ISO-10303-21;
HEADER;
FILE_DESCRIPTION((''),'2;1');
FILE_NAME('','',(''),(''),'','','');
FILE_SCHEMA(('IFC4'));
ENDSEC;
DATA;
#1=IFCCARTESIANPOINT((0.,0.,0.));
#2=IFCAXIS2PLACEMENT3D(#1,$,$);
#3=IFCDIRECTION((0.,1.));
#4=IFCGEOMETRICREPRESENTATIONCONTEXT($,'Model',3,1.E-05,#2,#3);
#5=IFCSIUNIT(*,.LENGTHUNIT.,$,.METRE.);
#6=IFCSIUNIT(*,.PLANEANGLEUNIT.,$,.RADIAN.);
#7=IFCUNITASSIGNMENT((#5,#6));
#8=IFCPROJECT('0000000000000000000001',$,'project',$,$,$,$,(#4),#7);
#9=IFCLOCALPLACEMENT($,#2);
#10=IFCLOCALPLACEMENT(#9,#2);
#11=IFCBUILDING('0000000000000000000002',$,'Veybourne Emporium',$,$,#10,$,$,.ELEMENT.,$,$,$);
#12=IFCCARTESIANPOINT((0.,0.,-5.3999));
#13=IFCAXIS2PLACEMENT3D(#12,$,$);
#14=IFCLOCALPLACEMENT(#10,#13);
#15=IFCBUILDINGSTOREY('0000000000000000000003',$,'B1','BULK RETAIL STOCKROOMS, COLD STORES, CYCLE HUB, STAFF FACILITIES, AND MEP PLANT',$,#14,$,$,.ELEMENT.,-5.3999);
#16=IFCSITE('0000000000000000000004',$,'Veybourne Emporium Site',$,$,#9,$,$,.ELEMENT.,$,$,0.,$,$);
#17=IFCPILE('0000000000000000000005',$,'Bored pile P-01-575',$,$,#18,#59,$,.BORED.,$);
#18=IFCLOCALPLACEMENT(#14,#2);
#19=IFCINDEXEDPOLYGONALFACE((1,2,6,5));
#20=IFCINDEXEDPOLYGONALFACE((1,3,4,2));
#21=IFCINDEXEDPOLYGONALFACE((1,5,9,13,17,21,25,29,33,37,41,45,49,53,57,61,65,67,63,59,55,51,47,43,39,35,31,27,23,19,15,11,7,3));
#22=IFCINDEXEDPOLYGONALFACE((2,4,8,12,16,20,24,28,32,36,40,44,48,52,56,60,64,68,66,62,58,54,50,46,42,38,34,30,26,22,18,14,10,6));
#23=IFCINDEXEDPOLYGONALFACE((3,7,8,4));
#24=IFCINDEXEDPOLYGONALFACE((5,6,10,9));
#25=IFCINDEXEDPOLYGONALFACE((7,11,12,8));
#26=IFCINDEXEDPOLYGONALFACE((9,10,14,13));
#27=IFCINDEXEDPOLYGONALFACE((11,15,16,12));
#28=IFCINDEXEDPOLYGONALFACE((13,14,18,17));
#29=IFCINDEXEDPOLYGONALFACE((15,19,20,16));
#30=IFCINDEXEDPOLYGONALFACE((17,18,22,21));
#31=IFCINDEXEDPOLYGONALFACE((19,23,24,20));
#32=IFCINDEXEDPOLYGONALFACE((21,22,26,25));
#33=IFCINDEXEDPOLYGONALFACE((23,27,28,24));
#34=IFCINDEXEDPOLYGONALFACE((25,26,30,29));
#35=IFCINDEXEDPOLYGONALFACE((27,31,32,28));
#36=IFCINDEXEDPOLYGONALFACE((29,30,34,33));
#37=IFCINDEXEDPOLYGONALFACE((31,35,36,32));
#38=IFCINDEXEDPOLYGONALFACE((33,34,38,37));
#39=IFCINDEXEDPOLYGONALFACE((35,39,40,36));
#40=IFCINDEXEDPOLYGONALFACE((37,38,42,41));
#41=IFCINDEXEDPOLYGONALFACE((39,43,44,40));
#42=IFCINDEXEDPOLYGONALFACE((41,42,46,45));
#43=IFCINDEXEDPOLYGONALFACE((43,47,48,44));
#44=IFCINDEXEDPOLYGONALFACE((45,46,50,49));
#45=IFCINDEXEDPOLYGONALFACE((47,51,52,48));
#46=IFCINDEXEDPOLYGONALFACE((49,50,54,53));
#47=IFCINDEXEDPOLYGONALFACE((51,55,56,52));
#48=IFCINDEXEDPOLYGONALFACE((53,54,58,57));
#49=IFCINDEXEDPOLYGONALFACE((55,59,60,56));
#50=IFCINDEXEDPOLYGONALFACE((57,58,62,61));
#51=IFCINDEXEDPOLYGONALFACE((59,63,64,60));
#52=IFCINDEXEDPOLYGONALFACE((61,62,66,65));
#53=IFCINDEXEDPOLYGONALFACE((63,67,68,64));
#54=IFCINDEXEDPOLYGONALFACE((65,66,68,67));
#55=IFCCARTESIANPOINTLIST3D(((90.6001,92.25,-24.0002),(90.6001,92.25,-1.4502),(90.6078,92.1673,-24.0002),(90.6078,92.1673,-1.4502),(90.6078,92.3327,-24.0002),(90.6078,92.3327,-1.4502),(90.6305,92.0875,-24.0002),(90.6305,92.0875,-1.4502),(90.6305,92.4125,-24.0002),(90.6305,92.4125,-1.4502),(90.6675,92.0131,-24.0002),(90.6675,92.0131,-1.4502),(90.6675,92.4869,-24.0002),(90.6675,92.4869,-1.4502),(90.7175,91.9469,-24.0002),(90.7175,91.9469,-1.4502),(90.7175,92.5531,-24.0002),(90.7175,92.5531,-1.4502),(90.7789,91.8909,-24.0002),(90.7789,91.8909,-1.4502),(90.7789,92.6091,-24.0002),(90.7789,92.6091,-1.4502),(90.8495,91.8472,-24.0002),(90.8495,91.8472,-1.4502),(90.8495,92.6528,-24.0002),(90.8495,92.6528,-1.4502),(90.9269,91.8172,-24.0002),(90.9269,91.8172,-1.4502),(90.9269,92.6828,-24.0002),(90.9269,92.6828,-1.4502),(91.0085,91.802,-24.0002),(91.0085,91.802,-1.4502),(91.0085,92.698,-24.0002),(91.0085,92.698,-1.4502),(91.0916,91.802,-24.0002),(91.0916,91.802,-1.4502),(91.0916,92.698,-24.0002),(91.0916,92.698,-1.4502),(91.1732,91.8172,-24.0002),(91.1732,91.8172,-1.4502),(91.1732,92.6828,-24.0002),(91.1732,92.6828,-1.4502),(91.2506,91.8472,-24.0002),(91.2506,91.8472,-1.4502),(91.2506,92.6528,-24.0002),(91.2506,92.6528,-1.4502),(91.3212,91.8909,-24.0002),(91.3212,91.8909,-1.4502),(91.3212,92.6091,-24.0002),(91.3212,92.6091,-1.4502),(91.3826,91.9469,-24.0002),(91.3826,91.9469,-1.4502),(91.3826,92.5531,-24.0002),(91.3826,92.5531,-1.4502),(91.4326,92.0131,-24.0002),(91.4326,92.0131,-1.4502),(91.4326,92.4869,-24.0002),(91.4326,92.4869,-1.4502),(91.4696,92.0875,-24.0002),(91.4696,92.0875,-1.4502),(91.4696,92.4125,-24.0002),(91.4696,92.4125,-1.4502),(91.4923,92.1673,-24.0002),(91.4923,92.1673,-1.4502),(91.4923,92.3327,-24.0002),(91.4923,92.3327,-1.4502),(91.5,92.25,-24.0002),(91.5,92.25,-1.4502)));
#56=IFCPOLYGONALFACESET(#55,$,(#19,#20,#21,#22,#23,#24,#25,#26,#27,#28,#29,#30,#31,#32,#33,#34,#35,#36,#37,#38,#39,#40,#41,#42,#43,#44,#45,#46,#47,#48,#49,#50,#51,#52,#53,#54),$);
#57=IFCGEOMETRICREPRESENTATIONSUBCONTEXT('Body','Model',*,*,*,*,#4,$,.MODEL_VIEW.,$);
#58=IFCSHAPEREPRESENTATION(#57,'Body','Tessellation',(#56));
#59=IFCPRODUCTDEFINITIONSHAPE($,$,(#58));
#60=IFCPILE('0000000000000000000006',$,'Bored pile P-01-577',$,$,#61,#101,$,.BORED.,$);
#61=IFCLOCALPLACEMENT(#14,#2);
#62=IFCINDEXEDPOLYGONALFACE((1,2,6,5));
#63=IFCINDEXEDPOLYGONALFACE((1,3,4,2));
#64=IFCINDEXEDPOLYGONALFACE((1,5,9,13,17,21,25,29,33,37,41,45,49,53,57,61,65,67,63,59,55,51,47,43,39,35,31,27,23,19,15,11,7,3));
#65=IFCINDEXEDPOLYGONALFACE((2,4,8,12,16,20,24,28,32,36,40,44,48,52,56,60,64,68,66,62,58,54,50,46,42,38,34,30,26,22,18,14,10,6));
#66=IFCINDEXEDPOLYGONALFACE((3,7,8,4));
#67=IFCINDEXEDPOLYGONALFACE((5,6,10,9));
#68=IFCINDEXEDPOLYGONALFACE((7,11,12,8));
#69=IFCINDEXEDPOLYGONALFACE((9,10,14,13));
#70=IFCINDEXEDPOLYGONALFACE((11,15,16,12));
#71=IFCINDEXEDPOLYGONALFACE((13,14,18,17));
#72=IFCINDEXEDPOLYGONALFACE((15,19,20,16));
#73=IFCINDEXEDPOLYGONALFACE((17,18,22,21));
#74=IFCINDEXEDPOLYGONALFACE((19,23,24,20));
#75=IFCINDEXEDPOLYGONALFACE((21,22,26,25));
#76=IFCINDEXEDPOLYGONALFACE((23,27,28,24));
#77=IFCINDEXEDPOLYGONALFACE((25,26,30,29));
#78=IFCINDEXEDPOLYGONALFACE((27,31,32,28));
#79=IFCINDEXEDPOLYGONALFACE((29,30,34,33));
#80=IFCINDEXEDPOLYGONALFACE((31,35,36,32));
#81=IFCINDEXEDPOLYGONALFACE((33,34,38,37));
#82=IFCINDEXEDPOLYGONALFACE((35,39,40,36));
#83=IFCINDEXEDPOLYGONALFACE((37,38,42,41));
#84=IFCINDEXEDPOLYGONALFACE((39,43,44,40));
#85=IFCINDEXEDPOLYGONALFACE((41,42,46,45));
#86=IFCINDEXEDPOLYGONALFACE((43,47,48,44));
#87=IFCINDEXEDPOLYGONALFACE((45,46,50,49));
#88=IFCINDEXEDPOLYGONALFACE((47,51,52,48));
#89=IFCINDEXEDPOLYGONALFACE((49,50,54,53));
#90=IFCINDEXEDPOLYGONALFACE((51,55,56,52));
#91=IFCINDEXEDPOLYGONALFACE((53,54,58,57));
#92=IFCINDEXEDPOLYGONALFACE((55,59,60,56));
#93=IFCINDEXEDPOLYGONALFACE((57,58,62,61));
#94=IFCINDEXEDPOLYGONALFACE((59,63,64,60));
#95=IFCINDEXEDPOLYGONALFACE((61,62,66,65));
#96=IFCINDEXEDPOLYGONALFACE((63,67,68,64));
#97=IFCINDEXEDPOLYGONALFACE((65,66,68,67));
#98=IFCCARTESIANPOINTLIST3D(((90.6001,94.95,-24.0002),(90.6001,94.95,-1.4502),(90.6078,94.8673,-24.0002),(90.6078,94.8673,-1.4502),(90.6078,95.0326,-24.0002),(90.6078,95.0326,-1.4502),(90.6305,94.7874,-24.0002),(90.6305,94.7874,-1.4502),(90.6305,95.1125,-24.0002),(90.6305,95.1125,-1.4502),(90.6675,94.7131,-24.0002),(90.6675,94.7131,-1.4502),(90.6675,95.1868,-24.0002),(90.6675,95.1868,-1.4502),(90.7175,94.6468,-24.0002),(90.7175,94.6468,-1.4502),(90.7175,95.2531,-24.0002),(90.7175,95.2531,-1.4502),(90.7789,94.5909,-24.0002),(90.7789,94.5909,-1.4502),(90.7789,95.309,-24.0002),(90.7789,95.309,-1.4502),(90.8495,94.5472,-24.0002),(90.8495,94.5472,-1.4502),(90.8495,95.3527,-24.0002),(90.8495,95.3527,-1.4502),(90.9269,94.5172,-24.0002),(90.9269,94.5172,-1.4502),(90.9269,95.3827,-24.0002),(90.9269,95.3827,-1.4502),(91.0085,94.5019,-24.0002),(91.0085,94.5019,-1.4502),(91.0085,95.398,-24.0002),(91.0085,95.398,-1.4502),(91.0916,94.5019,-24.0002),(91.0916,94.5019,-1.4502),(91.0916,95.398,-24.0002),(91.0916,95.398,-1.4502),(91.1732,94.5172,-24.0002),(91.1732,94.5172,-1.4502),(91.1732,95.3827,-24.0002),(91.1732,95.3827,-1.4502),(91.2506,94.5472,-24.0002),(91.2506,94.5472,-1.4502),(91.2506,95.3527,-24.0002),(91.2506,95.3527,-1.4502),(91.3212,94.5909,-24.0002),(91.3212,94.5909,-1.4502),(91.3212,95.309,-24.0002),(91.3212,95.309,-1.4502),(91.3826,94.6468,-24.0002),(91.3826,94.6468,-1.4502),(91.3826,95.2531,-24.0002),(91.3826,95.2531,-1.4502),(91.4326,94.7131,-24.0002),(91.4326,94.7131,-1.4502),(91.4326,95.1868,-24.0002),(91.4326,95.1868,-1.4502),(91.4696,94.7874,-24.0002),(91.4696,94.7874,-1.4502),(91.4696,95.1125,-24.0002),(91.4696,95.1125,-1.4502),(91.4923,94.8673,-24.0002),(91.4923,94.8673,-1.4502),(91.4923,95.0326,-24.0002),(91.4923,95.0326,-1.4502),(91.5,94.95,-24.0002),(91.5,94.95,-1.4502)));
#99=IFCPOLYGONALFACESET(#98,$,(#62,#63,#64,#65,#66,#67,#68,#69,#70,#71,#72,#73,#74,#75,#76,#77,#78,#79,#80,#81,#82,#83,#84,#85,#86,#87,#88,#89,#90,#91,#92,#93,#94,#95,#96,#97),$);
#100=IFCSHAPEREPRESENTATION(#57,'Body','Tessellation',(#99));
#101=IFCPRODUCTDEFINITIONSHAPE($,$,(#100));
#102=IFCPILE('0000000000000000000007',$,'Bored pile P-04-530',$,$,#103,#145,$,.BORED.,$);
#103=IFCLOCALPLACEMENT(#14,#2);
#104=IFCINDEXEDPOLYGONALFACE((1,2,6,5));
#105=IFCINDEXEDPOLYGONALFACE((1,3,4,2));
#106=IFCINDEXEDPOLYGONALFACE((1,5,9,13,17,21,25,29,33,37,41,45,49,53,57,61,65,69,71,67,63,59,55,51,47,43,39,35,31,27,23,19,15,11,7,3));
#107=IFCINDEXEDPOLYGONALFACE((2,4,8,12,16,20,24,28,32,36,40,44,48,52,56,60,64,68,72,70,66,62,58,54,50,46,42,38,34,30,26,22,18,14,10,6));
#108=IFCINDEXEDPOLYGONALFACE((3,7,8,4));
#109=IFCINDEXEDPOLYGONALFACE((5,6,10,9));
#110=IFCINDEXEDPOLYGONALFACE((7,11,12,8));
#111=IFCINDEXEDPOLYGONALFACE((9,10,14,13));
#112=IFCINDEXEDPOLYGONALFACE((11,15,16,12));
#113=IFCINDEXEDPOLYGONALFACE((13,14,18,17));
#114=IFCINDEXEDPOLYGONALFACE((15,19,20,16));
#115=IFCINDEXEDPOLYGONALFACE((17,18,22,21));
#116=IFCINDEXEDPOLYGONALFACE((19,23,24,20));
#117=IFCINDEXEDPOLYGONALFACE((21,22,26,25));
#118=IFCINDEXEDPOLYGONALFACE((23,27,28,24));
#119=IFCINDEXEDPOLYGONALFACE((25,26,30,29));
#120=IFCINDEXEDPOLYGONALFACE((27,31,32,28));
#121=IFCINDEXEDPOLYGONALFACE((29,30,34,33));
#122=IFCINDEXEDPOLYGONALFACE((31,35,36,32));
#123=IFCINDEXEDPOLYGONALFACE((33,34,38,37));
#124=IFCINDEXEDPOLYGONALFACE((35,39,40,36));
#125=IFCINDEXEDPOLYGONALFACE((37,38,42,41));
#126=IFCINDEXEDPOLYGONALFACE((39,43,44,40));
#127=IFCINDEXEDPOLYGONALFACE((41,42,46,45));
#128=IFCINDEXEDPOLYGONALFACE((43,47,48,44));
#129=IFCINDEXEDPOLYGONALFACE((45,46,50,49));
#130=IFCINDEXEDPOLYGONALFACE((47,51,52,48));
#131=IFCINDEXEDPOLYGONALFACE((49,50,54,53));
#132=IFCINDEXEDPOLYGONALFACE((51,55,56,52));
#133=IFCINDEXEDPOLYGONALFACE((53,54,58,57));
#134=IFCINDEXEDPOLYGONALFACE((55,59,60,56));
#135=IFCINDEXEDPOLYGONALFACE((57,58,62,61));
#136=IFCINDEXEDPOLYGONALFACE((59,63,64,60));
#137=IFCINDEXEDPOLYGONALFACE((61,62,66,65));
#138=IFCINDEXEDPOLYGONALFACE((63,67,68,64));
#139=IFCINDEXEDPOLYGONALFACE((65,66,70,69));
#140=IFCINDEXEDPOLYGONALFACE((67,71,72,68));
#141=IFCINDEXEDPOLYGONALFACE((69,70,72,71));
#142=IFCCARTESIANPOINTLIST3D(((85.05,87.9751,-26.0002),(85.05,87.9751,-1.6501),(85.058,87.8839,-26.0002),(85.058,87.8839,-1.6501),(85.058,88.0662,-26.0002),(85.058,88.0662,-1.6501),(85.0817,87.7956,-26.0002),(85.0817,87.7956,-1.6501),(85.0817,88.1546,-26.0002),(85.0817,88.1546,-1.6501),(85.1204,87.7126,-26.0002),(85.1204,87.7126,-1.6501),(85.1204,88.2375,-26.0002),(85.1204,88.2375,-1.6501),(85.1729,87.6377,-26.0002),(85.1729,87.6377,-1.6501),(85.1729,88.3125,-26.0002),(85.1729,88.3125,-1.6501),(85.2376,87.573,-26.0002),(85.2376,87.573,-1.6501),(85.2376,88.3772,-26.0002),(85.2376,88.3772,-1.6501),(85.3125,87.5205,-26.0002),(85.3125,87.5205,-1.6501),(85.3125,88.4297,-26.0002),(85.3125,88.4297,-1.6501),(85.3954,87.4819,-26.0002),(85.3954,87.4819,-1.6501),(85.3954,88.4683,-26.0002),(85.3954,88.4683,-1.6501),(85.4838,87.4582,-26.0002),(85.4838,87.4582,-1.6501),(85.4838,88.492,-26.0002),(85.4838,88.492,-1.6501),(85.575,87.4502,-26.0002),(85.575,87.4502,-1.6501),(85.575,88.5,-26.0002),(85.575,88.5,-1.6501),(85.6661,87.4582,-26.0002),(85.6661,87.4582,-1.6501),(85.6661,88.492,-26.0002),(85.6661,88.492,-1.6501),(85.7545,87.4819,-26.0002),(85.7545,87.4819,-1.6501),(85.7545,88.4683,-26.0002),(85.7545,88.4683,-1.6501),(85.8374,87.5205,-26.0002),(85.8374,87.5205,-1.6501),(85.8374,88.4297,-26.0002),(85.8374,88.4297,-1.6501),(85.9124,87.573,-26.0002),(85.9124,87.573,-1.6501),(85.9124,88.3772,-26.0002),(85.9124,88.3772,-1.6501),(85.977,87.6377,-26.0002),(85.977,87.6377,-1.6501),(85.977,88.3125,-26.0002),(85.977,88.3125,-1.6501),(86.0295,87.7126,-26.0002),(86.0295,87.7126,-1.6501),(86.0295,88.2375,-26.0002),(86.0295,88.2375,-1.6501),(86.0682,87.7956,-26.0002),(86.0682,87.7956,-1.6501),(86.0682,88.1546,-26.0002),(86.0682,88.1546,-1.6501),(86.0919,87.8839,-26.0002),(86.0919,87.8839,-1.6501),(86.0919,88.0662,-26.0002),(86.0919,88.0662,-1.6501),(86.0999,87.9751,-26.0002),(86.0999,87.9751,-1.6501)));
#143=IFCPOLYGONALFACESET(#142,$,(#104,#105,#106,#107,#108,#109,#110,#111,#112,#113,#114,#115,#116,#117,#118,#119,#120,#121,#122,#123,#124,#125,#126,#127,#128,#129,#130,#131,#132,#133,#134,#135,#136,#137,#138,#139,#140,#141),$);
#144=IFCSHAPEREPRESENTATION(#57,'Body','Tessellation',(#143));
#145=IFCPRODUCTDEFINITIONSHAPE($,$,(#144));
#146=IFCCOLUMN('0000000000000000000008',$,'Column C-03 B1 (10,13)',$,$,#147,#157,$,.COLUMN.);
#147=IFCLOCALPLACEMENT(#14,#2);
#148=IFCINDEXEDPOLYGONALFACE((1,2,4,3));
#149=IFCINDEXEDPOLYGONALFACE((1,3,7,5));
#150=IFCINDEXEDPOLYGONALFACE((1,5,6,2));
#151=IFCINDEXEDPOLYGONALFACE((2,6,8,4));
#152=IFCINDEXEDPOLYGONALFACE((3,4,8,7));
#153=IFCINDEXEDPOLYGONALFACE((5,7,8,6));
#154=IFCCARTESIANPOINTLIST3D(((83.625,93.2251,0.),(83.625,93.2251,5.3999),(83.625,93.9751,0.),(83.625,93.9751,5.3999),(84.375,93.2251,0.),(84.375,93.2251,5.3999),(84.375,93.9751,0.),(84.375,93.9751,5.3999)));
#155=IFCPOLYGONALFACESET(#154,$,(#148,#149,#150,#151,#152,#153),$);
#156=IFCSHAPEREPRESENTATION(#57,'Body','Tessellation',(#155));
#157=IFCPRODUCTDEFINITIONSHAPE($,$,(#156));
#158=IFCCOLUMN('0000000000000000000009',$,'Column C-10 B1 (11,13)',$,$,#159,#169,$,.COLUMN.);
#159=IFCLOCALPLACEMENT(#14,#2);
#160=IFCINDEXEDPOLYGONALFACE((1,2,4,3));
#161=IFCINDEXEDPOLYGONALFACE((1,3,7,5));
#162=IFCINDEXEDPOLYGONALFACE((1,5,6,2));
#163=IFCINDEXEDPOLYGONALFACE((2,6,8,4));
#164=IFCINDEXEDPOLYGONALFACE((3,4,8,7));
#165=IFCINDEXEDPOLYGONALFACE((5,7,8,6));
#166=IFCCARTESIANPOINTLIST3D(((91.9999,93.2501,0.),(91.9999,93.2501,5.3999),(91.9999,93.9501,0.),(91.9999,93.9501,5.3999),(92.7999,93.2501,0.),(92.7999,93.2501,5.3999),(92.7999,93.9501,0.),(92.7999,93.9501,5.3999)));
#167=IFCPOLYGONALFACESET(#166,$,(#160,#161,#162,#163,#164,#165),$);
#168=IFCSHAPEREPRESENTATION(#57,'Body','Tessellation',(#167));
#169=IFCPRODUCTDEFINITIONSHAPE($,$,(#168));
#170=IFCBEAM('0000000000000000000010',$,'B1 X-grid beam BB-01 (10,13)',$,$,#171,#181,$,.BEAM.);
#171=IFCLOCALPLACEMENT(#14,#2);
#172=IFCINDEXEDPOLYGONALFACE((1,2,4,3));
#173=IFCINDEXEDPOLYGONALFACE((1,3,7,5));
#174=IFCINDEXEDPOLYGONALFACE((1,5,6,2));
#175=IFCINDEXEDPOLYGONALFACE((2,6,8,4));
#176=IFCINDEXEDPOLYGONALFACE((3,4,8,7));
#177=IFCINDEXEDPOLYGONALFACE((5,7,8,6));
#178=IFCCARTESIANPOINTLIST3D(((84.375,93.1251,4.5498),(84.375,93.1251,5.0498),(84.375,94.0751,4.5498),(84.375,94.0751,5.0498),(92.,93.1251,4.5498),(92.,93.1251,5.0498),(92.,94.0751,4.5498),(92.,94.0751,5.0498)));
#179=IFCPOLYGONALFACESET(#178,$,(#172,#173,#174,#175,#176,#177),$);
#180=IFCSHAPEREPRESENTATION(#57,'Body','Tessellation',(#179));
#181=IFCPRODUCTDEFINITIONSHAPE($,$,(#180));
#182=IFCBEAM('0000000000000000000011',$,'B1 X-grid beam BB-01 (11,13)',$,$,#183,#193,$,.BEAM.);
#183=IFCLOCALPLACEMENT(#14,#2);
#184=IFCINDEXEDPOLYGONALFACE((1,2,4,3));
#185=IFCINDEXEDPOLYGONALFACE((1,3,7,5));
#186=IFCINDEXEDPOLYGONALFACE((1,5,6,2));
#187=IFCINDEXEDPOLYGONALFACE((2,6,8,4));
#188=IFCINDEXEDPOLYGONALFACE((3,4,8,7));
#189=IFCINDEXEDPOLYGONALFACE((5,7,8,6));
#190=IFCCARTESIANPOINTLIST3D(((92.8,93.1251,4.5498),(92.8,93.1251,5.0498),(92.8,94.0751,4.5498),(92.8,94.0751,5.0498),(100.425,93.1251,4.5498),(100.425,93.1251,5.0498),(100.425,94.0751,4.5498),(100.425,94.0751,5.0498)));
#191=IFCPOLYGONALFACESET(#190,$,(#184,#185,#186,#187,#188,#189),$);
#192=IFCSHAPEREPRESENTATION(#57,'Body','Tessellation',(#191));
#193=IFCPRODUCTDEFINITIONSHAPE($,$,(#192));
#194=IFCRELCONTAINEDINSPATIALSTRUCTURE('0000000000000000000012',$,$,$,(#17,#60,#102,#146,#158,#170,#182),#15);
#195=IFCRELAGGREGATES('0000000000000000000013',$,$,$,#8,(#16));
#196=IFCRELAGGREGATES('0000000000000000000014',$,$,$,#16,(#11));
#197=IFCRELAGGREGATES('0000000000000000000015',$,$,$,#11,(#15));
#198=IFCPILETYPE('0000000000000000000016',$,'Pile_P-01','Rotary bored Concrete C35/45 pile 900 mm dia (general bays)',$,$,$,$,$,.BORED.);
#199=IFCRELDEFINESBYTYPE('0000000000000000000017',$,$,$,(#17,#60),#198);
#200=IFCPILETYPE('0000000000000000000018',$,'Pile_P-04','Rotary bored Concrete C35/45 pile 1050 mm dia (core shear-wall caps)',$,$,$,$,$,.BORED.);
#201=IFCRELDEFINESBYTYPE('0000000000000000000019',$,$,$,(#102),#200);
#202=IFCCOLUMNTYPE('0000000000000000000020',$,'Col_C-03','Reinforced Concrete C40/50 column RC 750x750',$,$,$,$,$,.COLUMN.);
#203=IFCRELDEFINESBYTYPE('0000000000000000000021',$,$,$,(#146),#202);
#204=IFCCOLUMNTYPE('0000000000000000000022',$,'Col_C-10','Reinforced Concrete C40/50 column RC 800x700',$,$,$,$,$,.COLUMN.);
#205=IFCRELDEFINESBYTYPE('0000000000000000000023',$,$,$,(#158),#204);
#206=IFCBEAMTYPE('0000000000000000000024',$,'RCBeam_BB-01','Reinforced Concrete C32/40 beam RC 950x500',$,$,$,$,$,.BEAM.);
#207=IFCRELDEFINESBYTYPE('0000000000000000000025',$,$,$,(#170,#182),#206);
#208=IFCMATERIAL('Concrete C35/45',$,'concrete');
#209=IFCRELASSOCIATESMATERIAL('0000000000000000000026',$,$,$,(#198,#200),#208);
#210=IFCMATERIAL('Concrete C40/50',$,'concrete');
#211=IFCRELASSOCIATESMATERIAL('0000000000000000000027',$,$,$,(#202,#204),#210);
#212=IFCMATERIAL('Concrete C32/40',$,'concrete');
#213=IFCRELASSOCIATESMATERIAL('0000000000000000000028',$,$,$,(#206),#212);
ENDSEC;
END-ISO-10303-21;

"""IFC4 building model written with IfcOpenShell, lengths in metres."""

from ifc_helpers import new_model, si_unit, direction, frame, origin, origin_2d, place, context, subcontext, project, spatial, rectangle, circle, extrude, material, material_profile, profile_set, type_object, element, save


model = new_model("IFC4")

# Units and contexts
model_context = context("Model", 3, precision=1e-05, world=origin(), true_north=direction((0.0, 1.0)))
body_context = subcontext(model_context, "Body", "Model", "MODEL_VIEW")
ifc_project = project(units=[si_unit("LENGTHUNIT", "METRE"), si_unit("PLANEANGLEUNIT", "RADIAN")], contexts=[model_context])

# Site, building, storey
site_placement = place(None, origin())
site = spatial("IfcSite", under=ifc_project, at=site_placement, Name="Veybourne Emporium Site", CompositionType="ELEMENT", RefElevation=0.0)
building_placement = place(site_placement, origin())
building = spatial("IfcBuilding", under=site, at=building_placement, Name="Veybourne Emporium", CompositionType="ELEMENT")
storey_placement = place(building_placement, frame((0.0, 0.0, -5.3999)))
storey = spatial("IfcBuildingStorey", under=building, at=storey_placement, Name="B1", Description="BULK RETAIL STOCKROOMS, COLD STORES, CYCLE HUB, STAFF FACILITIES, AND MEP PLANT", CompositionType="ELEMENT", Elevation=-5.3999)

# Shared definitions
ifc_material_1 = material(Name="Concrete C35/45", Category="concrete")

# Piles
ifc_material_profile_1 = material_profile(ifc_material_1, circle(Radius=0.45, at=origin_2d()), Name="BORED PILE 900")
ifc_profile_set_1 = profile_set([ifc_material_profile_1], Name="Concrete C35/45")
pile_type_1 = type_object("IfcPileType", Name="Pile_P-01", Description="Rotary bored Concrete C35/45 pile 900 mm dia (general bays)", PredefinedType="BORED", material=ifc_profile_set_1)
for number, where, z_axis, x_axis, name in (
    (1, (91.05, 92.25, -1.4502), (0.0, 0.0, -1.0), (1.0, 0.0, 0.0), "Bored pile P-01-575"),
    (2, (91.05, 94.95, -1.4502), (0.0, 0.0, -1.0), (1.0, 0.0, 0.0), "Bored pile P-01-577"),
):
    element("IfcPile", number, at=place(storey_placement, frame(where, z_axis=z_axis, x_axis=x_axis)), inside=storey, type_object=pile_type_1, Name=name, PredefinedType="BORED", context=body_context, shape_type="SweptSolid", body=[
        extrude(circle(Radius=0.45, at=origin_2d()), origin(), (0.0, 0.0, 1.0), 22.55),
    ])
ifc_material_profile_2 = material_profile(ifc_material_1, circle(Radius=0.5249, at=origin_2d()), Name="BORED PILE 1050")
ifc_profile_set_2 = profile_set([ifc_material_profile_2], Name="Concrete C35/45")
pile_type_2 = type_object("IfcPileType", Name="Pile_P-04", Description="Rotary bored Concrete C35/45 pile 1050 mm dia (core shear-wall caps)", PredefinedType="BORED", material=ifc_profile_set_2)
pile_placement = place(storey_placement, frame((85.575, 87.9751, -1.6501), z_axis=(0.0, 0.0, -1.0), x_axis=(1.0, 0.0, 0.0)))
element("IfcPile", 3, at=pile_placement, inside=storey, type_object=pile_type_2, Name="Bored pile P-04-530", PredefinedType="BORED", context=body_context, shape_type="SweptSolid", body=[
    extrude(circle(Radius=0.5249, at=origin_2d()), origin(), (0.0, 0.0, 1.0), 24.3501),
])

# Columns
ifc_material_2 = material(Name="Concrete C40/50", Category="concrete")
ifc_material_profile_3 = material_profile(ifc_material_2, rectangle(XDim=0.75, YDim=0.75, at=origin_2d()), Name="RC 750x750")
ifc_profile_set_3 = profile_set([ifc_material_profile_3], Name="Concrete C40/50")
column_type_1 = type_object("IfcColumnType", Name="Col_C-03", Description="Reinforced Concrete C40/50 column RC 750x750", PredefinedType="COLUMN", material=ifc_profile_set_3)
column_1_placement = place(storey_placement, frame((84.0, 93.6001, 0.0), z_axis=(0.0, 0.0, 1.0), x_axis=(1.0, 0.0, 0.0)))
element("IfcColumn", 4, at=column_1_placement, inside=storey, type_object=column_type_1, Name="Column C-03 B1 (10,13)", PredefinedType="COLUMN", context=body_context, shape_type="SweptSolid", body=[
    extrude(rectangle(XDim=0.75, YDim=0.75, at=origin_2d()), origin(), (0.0, 0.0, 1.0), 5.3999),
])
ifc_material_profile_4 = material_profile(ifc_material_2, rectangle(XDim=0.8, YDim=0.7, at=origin_2d()), Name="RC 800x700")
ifc_profile_set_4 = profile_set([ifc_material_profile_4], Name="Concrete C40/50")
column_type_2 = type_object("IfcColumnType", Name="Col_C-10", Description="Reinforced Concrete C40/50 column RC 800x700", PredefinedType="COLUMN", material=ifc_profile_set_4)
column_2_placement = place(storey_placement, frame((92.3999, 93.6001, 0.0), z_axis=(0.0, 0.0, 1.0), x_axis=(1.0, 0.0, 0.0)))
element("IfcColumn", 5, at=column_2_placement, inside=storey, type_object=column_type_2, Name="Column C-10 B1 (11,13)", PredefinedType="COLUMN", context=body_context, shape_type="SweptSolid", body=[
    extrude(rectangle(XDim=0.8, YDim=0.7, at=origin_2d()), origin(), (0.0, 0.0, 1.0), 5.3999),
])

# Beams
ifc_material_3 = material(Name="Concrete C32/40", Category="concrete")
ifc_material_profile_5 = material_profile(ifc_material_3, rectangle(XDim=0.95, YDim=0.5, at=origin_2d()), Name="RC 950x500")
ifc_profile_set_5 = profile_set([ifc_material_profile_5], Name="Concrete C32/40")
beam_type_1 = type_object("IfcBeamType", Name="RCBeam_BB-01", Description="Reinforced Concrete C32/40 beam RC 950x500", PredefinedType="BEAM", material=ifc_profile_set_5)
for number, where, z_axis, x_axis, name in (
    (6, (84.375, 93.6001, 4.7998), (1.0, 0.0, 0.0), (0.0, 1.0, 0.0), "B1 X-grid beam BB-01 (10,13)"),
    (7, (92.8, 93.6001, 4.7998), (1.0, 0.0, 0.0), (0.0, 1.0, 0.0), "B1 X-grid beam BB-01 (11,13)"),
):
    element("IfcBeam", number, at=place(storey_placement, frame(where, z_axis=z_axis, x_axis=x_axis)), inside=storey, type_object=beam_type_1, Name=name, PredefinedType="BEAM", context=body_context, shape_type="SweptSolid", body=[
        extrude(rectangle(XDim=0.95, YDim=0.5, at=origin_2d()), origin(), (0.0, 0.0, 1.0), 7.625),
    ])

save(model, "model.ifc")
